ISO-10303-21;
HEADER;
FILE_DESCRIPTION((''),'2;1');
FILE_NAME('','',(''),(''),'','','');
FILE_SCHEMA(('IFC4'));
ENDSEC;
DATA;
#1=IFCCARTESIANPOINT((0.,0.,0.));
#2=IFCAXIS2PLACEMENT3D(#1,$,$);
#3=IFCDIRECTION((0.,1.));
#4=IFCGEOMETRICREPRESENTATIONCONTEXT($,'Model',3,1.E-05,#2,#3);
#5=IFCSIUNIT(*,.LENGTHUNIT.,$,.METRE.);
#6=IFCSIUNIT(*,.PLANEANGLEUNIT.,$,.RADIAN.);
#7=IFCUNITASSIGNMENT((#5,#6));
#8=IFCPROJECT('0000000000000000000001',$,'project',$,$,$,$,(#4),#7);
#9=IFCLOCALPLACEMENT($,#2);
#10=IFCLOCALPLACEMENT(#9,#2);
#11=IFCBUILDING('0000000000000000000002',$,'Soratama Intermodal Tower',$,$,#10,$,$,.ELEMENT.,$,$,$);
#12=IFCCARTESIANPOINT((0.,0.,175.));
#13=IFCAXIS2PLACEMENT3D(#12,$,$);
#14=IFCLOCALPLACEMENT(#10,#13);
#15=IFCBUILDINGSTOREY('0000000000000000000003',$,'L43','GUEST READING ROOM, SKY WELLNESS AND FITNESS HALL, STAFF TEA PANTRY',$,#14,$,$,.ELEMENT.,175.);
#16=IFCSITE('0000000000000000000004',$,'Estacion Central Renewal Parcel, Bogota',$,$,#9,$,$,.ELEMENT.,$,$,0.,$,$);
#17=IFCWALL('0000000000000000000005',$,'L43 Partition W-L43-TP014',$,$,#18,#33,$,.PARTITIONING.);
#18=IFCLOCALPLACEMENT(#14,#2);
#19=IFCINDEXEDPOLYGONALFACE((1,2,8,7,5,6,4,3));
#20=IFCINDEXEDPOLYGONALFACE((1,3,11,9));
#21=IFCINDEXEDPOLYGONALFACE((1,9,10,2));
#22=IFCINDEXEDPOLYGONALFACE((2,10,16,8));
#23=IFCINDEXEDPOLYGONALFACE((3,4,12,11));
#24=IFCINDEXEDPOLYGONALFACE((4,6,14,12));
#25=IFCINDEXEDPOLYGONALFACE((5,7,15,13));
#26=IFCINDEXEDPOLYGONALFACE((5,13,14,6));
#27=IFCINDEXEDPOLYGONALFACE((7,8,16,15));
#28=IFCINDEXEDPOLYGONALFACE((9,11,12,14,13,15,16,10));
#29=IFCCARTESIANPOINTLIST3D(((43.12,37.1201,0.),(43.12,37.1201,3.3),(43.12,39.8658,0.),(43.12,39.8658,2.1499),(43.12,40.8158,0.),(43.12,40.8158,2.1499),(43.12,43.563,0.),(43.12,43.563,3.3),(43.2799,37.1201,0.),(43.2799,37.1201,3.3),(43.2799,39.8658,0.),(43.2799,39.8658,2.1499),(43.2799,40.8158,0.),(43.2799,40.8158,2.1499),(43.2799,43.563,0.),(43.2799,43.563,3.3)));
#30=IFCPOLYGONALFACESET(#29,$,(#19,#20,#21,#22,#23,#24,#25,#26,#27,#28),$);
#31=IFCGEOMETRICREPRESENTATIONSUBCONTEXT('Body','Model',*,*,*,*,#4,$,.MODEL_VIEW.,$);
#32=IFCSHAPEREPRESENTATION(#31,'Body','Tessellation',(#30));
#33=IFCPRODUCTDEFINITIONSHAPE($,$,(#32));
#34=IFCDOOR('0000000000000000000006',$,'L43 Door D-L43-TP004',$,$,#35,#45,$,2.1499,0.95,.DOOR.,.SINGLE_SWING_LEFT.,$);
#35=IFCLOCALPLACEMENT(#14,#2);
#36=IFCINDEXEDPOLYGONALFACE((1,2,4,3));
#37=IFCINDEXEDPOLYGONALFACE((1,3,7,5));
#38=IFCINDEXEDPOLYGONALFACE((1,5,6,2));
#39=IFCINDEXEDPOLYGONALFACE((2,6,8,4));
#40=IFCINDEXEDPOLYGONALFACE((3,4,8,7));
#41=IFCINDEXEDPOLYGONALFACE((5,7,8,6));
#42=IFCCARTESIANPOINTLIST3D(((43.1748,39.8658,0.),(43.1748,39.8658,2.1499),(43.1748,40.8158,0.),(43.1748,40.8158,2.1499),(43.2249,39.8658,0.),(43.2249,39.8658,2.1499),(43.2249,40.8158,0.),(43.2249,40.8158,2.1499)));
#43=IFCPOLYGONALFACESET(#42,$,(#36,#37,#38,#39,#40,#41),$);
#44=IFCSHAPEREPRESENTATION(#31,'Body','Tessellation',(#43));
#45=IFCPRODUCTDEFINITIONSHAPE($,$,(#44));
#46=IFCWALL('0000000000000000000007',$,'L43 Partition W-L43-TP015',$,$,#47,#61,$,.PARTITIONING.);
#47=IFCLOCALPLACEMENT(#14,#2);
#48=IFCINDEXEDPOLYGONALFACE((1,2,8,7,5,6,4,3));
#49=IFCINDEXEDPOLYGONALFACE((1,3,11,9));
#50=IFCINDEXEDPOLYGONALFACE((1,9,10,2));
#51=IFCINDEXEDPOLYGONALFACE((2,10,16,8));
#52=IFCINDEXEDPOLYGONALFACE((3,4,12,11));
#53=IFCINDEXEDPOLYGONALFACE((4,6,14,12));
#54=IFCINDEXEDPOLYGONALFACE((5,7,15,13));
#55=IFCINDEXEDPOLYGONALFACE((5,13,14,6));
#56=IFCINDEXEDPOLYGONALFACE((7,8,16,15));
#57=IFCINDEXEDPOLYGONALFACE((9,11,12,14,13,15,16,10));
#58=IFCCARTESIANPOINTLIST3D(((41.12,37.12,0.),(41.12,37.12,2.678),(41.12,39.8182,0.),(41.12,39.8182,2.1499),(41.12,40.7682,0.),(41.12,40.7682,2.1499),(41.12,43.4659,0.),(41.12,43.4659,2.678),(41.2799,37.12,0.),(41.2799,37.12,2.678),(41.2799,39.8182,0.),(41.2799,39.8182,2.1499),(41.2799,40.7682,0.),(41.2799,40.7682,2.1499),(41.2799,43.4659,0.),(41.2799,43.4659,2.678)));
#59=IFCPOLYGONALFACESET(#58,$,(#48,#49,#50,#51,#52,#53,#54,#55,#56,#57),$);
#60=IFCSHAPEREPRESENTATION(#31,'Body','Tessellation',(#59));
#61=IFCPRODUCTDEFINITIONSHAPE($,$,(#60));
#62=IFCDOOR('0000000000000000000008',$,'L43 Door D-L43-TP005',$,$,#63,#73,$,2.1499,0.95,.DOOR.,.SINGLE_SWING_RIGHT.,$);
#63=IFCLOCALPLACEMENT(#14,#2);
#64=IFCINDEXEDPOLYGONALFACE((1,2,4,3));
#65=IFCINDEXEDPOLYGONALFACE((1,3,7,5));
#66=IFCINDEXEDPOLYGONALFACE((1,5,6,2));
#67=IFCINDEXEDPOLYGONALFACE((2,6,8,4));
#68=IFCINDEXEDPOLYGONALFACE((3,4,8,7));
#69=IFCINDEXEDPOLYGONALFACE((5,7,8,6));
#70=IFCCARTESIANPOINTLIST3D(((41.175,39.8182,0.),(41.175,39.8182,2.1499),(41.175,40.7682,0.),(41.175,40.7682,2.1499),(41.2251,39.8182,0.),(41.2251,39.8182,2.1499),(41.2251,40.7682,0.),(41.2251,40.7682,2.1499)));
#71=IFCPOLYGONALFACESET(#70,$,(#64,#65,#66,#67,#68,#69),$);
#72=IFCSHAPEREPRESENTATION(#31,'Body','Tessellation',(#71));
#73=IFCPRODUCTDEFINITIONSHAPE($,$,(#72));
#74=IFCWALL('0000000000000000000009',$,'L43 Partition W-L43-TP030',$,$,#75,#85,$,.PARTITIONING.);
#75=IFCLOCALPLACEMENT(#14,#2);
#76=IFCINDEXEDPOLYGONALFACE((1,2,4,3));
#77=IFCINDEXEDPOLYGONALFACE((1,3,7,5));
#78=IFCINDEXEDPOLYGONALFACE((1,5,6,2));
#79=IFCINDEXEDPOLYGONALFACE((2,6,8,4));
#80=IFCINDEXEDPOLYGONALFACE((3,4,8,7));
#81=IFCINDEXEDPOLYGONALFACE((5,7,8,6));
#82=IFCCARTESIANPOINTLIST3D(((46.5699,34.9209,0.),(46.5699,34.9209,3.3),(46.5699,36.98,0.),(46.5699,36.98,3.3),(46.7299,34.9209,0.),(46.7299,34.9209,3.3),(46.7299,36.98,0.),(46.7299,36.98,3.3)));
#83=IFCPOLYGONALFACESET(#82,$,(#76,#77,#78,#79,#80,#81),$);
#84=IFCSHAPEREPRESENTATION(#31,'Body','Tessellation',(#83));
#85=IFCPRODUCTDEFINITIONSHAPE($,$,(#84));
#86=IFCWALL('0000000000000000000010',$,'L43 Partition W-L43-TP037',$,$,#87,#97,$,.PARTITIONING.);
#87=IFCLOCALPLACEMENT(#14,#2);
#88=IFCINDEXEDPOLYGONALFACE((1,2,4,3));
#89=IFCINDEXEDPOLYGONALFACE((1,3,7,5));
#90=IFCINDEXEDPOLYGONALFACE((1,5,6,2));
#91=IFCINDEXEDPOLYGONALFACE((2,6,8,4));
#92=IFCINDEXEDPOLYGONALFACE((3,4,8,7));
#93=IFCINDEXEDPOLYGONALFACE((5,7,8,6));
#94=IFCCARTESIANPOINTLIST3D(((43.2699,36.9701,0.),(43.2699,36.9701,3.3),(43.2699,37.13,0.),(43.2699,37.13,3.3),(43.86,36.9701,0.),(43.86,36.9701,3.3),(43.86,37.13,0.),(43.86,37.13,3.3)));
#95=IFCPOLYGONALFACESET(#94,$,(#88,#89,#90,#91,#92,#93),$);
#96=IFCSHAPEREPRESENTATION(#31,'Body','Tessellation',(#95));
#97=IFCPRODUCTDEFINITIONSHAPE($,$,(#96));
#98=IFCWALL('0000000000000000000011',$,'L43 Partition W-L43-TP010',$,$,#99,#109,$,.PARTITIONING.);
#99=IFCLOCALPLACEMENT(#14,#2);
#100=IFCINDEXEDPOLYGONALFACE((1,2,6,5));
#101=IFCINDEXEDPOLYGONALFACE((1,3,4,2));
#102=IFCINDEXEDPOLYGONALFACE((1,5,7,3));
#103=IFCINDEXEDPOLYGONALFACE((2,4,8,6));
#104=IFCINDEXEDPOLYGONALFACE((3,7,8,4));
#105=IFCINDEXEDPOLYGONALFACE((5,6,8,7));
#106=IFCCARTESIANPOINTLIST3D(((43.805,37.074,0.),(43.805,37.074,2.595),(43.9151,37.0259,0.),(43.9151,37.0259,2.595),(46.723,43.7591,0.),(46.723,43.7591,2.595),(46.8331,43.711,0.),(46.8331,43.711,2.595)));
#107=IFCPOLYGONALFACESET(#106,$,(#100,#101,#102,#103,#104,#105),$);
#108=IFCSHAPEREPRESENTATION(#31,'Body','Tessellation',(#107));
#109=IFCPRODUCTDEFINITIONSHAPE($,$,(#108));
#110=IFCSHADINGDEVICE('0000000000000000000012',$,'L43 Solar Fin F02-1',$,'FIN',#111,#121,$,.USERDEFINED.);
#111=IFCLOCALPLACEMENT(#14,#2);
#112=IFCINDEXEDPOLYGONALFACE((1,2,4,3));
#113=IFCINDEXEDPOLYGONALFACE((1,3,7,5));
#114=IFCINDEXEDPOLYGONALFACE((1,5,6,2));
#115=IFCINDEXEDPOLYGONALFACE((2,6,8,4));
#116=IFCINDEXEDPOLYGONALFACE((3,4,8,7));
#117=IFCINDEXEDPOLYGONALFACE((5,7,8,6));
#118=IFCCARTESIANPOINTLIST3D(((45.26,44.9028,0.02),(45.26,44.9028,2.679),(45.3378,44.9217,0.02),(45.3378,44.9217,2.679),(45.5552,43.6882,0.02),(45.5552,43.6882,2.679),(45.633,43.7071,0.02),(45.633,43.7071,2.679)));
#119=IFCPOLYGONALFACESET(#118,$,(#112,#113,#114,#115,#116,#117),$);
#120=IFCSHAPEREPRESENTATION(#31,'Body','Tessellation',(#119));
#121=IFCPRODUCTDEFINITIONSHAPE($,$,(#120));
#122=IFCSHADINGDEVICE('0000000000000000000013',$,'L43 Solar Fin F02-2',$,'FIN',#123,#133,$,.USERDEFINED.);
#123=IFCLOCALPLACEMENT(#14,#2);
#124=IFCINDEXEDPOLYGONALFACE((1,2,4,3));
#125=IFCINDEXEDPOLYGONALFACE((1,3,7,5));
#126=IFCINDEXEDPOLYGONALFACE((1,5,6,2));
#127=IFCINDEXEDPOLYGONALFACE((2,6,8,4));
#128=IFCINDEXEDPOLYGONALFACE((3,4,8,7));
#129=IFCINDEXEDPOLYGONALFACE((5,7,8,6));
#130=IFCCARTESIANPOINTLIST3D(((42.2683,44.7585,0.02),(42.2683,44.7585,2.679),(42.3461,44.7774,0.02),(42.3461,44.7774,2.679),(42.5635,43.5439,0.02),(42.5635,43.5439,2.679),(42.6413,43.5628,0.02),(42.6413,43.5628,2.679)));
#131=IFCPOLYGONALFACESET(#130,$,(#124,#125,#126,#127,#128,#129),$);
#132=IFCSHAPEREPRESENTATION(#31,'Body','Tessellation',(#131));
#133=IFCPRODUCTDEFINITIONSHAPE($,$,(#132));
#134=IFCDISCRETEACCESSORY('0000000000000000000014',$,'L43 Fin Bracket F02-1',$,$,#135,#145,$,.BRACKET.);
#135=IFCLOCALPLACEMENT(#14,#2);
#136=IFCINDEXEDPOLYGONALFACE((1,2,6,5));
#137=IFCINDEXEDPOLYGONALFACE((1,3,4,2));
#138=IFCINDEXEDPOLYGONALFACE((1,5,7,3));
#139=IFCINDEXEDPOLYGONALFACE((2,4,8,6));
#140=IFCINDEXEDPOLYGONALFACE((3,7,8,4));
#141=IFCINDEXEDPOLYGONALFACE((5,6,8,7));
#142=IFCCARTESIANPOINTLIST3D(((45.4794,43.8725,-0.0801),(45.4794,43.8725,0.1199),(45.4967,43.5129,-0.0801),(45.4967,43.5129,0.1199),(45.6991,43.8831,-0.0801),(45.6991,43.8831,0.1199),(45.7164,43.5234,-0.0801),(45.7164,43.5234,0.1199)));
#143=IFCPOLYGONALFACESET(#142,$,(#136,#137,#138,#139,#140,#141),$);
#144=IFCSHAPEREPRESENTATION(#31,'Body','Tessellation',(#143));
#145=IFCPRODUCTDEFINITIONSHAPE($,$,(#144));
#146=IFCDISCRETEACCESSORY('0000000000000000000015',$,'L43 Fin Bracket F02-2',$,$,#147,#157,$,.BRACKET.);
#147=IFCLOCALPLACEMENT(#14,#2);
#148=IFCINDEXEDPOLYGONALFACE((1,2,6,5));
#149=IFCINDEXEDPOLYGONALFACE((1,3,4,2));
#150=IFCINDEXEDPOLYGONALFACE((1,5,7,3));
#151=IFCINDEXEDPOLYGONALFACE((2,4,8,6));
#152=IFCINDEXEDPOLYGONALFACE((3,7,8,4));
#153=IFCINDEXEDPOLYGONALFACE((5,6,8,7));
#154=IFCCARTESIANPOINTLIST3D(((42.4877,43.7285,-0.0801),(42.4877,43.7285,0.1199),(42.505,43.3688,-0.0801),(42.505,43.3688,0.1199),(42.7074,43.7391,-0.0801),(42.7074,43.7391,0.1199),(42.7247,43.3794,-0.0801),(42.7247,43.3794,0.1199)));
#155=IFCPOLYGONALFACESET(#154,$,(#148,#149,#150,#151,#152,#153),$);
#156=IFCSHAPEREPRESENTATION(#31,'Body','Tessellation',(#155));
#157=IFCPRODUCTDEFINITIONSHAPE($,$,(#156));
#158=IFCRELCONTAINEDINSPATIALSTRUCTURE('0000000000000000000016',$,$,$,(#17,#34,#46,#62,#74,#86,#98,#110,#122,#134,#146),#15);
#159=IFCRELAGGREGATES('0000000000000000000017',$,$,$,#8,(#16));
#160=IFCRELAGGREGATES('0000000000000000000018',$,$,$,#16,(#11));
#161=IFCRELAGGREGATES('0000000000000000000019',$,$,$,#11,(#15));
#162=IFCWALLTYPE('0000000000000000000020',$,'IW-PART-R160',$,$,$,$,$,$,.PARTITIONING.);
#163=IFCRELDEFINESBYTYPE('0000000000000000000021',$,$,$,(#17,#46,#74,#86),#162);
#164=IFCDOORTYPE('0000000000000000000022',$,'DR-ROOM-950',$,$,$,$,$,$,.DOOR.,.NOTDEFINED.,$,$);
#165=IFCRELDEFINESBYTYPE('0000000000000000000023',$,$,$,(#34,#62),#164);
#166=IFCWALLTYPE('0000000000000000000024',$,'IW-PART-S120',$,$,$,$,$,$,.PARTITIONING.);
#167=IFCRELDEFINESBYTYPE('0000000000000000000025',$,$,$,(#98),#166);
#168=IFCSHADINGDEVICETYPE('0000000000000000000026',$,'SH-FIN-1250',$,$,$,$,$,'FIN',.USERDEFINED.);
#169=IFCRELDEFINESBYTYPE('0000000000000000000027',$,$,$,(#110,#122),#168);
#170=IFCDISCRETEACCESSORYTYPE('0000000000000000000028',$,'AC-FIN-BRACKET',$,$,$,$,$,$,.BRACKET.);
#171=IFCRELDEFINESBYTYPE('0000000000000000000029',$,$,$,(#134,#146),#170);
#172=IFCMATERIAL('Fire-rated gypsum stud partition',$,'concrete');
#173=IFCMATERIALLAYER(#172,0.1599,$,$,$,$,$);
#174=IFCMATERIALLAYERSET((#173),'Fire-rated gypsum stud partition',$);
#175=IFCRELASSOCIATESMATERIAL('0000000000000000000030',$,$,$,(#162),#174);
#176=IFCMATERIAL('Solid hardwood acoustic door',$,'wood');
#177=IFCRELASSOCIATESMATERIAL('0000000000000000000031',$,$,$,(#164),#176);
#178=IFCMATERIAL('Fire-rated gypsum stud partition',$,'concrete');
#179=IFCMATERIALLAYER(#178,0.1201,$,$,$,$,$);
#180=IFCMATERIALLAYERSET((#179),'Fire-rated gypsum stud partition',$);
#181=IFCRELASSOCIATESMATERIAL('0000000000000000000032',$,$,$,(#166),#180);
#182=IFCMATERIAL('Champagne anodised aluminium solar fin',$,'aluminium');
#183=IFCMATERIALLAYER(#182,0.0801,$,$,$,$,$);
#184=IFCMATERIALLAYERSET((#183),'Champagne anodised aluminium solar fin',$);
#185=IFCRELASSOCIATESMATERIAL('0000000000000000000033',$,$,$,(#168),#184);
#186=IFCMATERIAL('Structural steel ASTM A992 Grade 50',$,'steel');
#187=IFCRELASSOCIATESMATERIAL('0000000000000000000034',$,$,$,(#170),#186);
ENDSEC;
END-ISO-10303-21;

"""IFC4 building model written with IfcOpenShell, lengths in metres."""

from ifc_helpers import new_model, si_unit, direction, frame, frame_2d, origin, origin_2d, place, context, subcontext, project, spatial, rectangle, extrude, material, layer, layer_set, type_object, element, fill, save


model = new_model("IFC4")

# Units and contexts
model_context = context("Model", 3, precision=1e-05, world=origin(), true_north=direction((0.0, 1.0)))
body_context = subcontext(model_context, "Body", "Model", "MODEL_VIEW")
ifc_project = project(units=[si_unit("LENGTHUNIT", "METRE"), si_unit("PLANEANGLEUNIT", "RADIAN")], contexts=[model_context])

# Site, building, storey
site_placement = place(None, origin())
site = spatial("IfcSite", under=ifc_project, at=site_placement, Name="Estacion Central Renewal Parcel, Bogota", CompositionType="ELEMENT", RefElevation=0.0)
building_placement = place(site_placement, origin())
building = spatial("IfcBuilding", under=site, at=building_placement, Name="Soratama Intermodal Tower", CompositionType="ELEMENT")
storey_placement = place(building_placement, frame((0.0, 0.0, 175.0)))
storey = spatial("IfcBuildingStorey", under=building, at=storey_placement, Name="L43", Description="GUEST READING ROOM, SKY WELLNESS AND FITNESS HALL, STAFF TEA PANTRY", CompositionType="ELEMENT", Elevation=175.0)

# Walls, openings, doors
ifc_material_1 = material(Name="Fire-rated gypsum stud partition", Category="concrete")
ifc_layer_1 = layer(ifc_material_1, 0.1599)
ifc_layer_set_1 = layer_set([ifc_layer_1], Name="Fire-rated gypsum stud partition")
wall_type_1 = type_object("IfcWallType", Name="IW-PART-R160", PredefinedType="PARTITIONING", material=ifc_layer_set_1)
wall_1_placement = place(storey_placement, frame((43.2, 43.563, 0.0), z_axis=(0.0, 0.0, 1.0), x_axis=(0.0, -1.0, 0.0)))
wall_1 = element("IfcWall", 1, at=wall_1_placement, inside=storey, type_object=wall_type_1, Name="L43 Partition W-L43-TP014", PredefinedType="PARTITIONING", context=body_context, shape_type="SweptSolid", body=[
    extrude(rectangle(XDim=6.4429, YDim=0.1599, at=frame_2d((3.2214, 0.0))), origin(), (0.0, 0.0, 1.0), 3.3),
])
opening_1_placement = place(wall_1_placement, frame((2.7471, 0.0, 0.0)))
opening_1 = element("IfcOpeningElement", 2, at=opening_1_placement, cuts=wall_1, PredefinedType="OPENING", context=body_context, shape_type="SweptSolid", body=[
    extrude(rectangle(XDim=0.95, YDim=2.1499, at=frame_2d((0.4751, 1.075))), frame((0.0, 0.0898, 0.0), z_axis=(0.0, -1.0, 0.0), x_axis=(1.0, 0.0, 0.0)), (0.0, 0.0, 1.0), 0.1799),
])
ifc_material_2 = material(Name="Solid hardwood acoustic door", Category="wood")
door_type = type_object("IfcDoorType", Name="DR-ROOM-950", OperationType="NOTDEFINED", PredefinedType="DOOR", material=ifc_material_2)
door_1_placement = place(opening_1_placement, origin())
door_1 = element("IfcDoor", 3, at=door_1_placement, inside=storey, type_object=door_type, Name="L43 Door D-L43-TP004", OperationType="SINGLE_SWING_LEFT", OverallHeight=2.1499, OverallWidth=0.95, PredefinedType="DOOR", context=body_context, shape_type="SweptSolid", body=[
    extrude(rectangle(XDim=0.95, YDim=2.1499, at=frame_2d((0.4751, 1.075))), frame((0.0, 0.0249, 0.0), z_axis=(0.0, -1.0, 0.0), x_axis=(1.0, 0.0, 0.0)), (0.0, 0.0, 1.0), 0.05),
])
fill(opening_1, door_1)
wall_2_placement = place(storey_placement, frame((41.2, 37.1201, 0.0), z_axis=(0.0, 0.0, 1.0), x_axis=(0.0, 1.0, 0.0)))
wall_2 = element("IfcWall", 4, at=wall_2_placement, inside=storey, type_object=wall_type_1, Name="L43 Partition W-L43-TP015", PredefinedType="PARTITIONING", context=body_context, shape_type="SweptSolid", body=[
    extrude(rectangle(XDim=6.3459, YDim=0.1599, at=frame_2d((3.1729, 0.0))), origin(), (0.0, 0.0, 1.0), 2.678),
])
opening_2_placement = place(wall_2_placement, frame((2.698, 0.0, 0.0)))
opening_2 = element("IfcOpeningElement", 5, at=opening_2_placement, cuts=wall_2, PredefinedType="OPENING", context=body_context, shape_type="SweptSolid", body=[
    extrude(rectangle(XDim=0.95, YDim=2.1499, at=frame_2d((0.4751, 1.075))), frame((0.0, 0.0898, 0.0), z_axis=(0.0, -1.0, 0.0), x_axis=(1.0, 0.0, 0.0)), (0.0, 0.0, 1.0), 0.1799),
])
door_2_placement = place(opening_2_placement, origin())
door_2 = element("IfcDoor", 6, at=door_2_placement, inside=storey, type_object=door_type, Name="L43 Door D-L43-TP005", OperationType="SINGLE_SWING_RIGHT", OverallHeight=2.1499, OverallWidth=0.95, PredefinedType="DOOR", context=body_context, shape_type="SweptSolid", body=[
    extrude(rectangle(XDim=0.95, YDim=2.1499, at=frame_2d((0.4751, 1.075))), frame((0.0, 0.0249, 0.0), z_axis=(0.0, -1.0, 0.0), x_axis=(1.0, 0.0, 0.0)), (0.0, 0.0, 1.0), 0.05),
])
fill(opening_2, door_2)

# Walls
wall_3_placement = place(storey_placement, frame((46.6499, 36.98, 0.0), z_axis=(0.0, 0.0, 1.0), x_axis=(0.0, -1.0, 0.0)))
element("IfcWall", 7, at=wall_3_placement, inside=storey, type_object=wall_type_1, Name="L43 Partition W-L43-TP030", PredefinedType="PARTITIONING", context=body_context, shape_type="SweptSolid", body=[
    extrude(rectangle(XDim=2.0591, YDim=0.1599, at=frame_2d((1.0295, 0.0))), origin(), (0.0, 0.0, 1.0), 3.3),
])
wall_4_placement = place(storey_placement, frame((43.27, 37.05, 0.0), z_axis=(0.0, 0.0, 1.0), x_axis=(1.0, 0.0, 0.0)))
element("IfcWall", 8, at=wall_4_placement, inside=storey, type_object=wall_type_1, Name="L43 Partition W-L43-TP037", PredefinedType="PARTITIONING", context=body_context, shape_type="SweptSolid", body=[
    extrude(rectangle(XDim=0.5901, YDim=0.1599, at=frame_2d((0.2949, 0.0))), origin(), (0.0, 0.0, 1.0), 3.3),
])
ifc_material_3 = material(Name="Fire-rated gypsum stud partition", Category="concrete")
ifc_layer_2 = layer(ifc_material_3, 0.1201)
ifc_layer_set_2 = layer_set([ifc_layer_2], Name="Fire-rated gypsum stud partition")
wall_type_2 = type_object("IfcWallType", Name="IW-PART-S120", PredefinedType="PARTITIONING", material=ifc_layer_set_2)
wall_5_placement = place(storey_placement, frame((43.8601, 37.05, 0.0), z_axis=(0.0, 0.0, 1.0), x_axis=(0.400043, 0.916497, 0.0)))
element("IfcWall", 9, at=wall_5_placement, inside=storey, type_object=wall_type_2, Name="L43 Partition W-L43-TP010", PredefinedType="PARTITIONING", context=body_context, shape_type="SweptSolid", body=[
    extrude(rectangle(XDim=7.2942, YDim=0.1201, at=frame_2d((3.647, 0.0))), origin(), (0.0, 0.0, 1.0), 2.595),
])

# Shading devices
ifc_material_4 = material(Name="Champagne anodised aluminium solar fin", Category="aluminium")
ifc_layer_3 = layer(ifc_material_4, 0.0801)
ifc_layer_set_3 = layer_set([ifc_layer_3], Name="Champagne anodised aluminium solar fin")
shading_device_type = type_object("IfcShadingDeviceType", Name="SH-FIN-1250", ElementType="FIN", PredefinedType="USERDEFINED", material=ifc_layer_set_3)
for number, where, z_axis, x_axis, name in (
    (10, (45.4465, 44.3049, 0.02), (0.0, 0.0, 1.0), (-0.23616, 0.971714, 0.0), "L43 Solar Fin F02-1"),
    (11, (42.4548, 44.1606, 0.02), (0.0, 0.0, 1.0), (-0.23616, 0.971714, 0.0), "L43 Solar Fin F02-2"),
):
    element("IfcShadingDevice", number, at=place(storey_placement, frame(where, z_axis=z_axis, x_axis=x_axis)), inside=storey, type_object=shading_device_type, Name=name, ObjectType="FIN", PredefinedType="USERDEFINED", context=body_context, shape_type="SweptSolid", body=[
        extrude(rectangle(XDim=1.25, YDim=0.0801, at=origin_2d()), origin(), (0.0, 0.0, 1.0), 2.6589),
    ])

# Discrete accessories
ifc_material_5 = material(Name="Structural steel ASTM A992 Grade 50", Category="steel")
discrete_accessory_type = type_object("IfcDiscreteAccessoryType", Name="AC-FIN-BRACKET", PredefinedType="BRACKET", material=ifc_material_5)
for number, where, z_axis, x_axis, name in (
    (12, (45.5979, 43.698, -0.0801), (0.0, 0.0, 1.0), (-0.048152, 0.99884, 0.0), "L43 Fin Bracket F02-1"),
    (13, (42.6062, 43.554, -0.0801), (0.0, 0.0, 1.0), (-0.048152, 0.99884, 0.0), "L43 Fin Bracket F02-2"),
):
    element("IfcDiscreteAccessory", number, at=place(storey_placement, frame(where, z_axis=z_axis, x_axis=x_axis)), inside=storey, type_object=discrete_accessory_type, Name=name, PredefinedType="BRACKET", context=body_context, shape_type="SweptSolid", body=[
        extrude(rectangle(XDim=0.3601, YDim=0.22, at=origin_2d()), origin(), (0.0, 0.0, 1.0), 0.2),
    ])

save(model, "model.ifc")
